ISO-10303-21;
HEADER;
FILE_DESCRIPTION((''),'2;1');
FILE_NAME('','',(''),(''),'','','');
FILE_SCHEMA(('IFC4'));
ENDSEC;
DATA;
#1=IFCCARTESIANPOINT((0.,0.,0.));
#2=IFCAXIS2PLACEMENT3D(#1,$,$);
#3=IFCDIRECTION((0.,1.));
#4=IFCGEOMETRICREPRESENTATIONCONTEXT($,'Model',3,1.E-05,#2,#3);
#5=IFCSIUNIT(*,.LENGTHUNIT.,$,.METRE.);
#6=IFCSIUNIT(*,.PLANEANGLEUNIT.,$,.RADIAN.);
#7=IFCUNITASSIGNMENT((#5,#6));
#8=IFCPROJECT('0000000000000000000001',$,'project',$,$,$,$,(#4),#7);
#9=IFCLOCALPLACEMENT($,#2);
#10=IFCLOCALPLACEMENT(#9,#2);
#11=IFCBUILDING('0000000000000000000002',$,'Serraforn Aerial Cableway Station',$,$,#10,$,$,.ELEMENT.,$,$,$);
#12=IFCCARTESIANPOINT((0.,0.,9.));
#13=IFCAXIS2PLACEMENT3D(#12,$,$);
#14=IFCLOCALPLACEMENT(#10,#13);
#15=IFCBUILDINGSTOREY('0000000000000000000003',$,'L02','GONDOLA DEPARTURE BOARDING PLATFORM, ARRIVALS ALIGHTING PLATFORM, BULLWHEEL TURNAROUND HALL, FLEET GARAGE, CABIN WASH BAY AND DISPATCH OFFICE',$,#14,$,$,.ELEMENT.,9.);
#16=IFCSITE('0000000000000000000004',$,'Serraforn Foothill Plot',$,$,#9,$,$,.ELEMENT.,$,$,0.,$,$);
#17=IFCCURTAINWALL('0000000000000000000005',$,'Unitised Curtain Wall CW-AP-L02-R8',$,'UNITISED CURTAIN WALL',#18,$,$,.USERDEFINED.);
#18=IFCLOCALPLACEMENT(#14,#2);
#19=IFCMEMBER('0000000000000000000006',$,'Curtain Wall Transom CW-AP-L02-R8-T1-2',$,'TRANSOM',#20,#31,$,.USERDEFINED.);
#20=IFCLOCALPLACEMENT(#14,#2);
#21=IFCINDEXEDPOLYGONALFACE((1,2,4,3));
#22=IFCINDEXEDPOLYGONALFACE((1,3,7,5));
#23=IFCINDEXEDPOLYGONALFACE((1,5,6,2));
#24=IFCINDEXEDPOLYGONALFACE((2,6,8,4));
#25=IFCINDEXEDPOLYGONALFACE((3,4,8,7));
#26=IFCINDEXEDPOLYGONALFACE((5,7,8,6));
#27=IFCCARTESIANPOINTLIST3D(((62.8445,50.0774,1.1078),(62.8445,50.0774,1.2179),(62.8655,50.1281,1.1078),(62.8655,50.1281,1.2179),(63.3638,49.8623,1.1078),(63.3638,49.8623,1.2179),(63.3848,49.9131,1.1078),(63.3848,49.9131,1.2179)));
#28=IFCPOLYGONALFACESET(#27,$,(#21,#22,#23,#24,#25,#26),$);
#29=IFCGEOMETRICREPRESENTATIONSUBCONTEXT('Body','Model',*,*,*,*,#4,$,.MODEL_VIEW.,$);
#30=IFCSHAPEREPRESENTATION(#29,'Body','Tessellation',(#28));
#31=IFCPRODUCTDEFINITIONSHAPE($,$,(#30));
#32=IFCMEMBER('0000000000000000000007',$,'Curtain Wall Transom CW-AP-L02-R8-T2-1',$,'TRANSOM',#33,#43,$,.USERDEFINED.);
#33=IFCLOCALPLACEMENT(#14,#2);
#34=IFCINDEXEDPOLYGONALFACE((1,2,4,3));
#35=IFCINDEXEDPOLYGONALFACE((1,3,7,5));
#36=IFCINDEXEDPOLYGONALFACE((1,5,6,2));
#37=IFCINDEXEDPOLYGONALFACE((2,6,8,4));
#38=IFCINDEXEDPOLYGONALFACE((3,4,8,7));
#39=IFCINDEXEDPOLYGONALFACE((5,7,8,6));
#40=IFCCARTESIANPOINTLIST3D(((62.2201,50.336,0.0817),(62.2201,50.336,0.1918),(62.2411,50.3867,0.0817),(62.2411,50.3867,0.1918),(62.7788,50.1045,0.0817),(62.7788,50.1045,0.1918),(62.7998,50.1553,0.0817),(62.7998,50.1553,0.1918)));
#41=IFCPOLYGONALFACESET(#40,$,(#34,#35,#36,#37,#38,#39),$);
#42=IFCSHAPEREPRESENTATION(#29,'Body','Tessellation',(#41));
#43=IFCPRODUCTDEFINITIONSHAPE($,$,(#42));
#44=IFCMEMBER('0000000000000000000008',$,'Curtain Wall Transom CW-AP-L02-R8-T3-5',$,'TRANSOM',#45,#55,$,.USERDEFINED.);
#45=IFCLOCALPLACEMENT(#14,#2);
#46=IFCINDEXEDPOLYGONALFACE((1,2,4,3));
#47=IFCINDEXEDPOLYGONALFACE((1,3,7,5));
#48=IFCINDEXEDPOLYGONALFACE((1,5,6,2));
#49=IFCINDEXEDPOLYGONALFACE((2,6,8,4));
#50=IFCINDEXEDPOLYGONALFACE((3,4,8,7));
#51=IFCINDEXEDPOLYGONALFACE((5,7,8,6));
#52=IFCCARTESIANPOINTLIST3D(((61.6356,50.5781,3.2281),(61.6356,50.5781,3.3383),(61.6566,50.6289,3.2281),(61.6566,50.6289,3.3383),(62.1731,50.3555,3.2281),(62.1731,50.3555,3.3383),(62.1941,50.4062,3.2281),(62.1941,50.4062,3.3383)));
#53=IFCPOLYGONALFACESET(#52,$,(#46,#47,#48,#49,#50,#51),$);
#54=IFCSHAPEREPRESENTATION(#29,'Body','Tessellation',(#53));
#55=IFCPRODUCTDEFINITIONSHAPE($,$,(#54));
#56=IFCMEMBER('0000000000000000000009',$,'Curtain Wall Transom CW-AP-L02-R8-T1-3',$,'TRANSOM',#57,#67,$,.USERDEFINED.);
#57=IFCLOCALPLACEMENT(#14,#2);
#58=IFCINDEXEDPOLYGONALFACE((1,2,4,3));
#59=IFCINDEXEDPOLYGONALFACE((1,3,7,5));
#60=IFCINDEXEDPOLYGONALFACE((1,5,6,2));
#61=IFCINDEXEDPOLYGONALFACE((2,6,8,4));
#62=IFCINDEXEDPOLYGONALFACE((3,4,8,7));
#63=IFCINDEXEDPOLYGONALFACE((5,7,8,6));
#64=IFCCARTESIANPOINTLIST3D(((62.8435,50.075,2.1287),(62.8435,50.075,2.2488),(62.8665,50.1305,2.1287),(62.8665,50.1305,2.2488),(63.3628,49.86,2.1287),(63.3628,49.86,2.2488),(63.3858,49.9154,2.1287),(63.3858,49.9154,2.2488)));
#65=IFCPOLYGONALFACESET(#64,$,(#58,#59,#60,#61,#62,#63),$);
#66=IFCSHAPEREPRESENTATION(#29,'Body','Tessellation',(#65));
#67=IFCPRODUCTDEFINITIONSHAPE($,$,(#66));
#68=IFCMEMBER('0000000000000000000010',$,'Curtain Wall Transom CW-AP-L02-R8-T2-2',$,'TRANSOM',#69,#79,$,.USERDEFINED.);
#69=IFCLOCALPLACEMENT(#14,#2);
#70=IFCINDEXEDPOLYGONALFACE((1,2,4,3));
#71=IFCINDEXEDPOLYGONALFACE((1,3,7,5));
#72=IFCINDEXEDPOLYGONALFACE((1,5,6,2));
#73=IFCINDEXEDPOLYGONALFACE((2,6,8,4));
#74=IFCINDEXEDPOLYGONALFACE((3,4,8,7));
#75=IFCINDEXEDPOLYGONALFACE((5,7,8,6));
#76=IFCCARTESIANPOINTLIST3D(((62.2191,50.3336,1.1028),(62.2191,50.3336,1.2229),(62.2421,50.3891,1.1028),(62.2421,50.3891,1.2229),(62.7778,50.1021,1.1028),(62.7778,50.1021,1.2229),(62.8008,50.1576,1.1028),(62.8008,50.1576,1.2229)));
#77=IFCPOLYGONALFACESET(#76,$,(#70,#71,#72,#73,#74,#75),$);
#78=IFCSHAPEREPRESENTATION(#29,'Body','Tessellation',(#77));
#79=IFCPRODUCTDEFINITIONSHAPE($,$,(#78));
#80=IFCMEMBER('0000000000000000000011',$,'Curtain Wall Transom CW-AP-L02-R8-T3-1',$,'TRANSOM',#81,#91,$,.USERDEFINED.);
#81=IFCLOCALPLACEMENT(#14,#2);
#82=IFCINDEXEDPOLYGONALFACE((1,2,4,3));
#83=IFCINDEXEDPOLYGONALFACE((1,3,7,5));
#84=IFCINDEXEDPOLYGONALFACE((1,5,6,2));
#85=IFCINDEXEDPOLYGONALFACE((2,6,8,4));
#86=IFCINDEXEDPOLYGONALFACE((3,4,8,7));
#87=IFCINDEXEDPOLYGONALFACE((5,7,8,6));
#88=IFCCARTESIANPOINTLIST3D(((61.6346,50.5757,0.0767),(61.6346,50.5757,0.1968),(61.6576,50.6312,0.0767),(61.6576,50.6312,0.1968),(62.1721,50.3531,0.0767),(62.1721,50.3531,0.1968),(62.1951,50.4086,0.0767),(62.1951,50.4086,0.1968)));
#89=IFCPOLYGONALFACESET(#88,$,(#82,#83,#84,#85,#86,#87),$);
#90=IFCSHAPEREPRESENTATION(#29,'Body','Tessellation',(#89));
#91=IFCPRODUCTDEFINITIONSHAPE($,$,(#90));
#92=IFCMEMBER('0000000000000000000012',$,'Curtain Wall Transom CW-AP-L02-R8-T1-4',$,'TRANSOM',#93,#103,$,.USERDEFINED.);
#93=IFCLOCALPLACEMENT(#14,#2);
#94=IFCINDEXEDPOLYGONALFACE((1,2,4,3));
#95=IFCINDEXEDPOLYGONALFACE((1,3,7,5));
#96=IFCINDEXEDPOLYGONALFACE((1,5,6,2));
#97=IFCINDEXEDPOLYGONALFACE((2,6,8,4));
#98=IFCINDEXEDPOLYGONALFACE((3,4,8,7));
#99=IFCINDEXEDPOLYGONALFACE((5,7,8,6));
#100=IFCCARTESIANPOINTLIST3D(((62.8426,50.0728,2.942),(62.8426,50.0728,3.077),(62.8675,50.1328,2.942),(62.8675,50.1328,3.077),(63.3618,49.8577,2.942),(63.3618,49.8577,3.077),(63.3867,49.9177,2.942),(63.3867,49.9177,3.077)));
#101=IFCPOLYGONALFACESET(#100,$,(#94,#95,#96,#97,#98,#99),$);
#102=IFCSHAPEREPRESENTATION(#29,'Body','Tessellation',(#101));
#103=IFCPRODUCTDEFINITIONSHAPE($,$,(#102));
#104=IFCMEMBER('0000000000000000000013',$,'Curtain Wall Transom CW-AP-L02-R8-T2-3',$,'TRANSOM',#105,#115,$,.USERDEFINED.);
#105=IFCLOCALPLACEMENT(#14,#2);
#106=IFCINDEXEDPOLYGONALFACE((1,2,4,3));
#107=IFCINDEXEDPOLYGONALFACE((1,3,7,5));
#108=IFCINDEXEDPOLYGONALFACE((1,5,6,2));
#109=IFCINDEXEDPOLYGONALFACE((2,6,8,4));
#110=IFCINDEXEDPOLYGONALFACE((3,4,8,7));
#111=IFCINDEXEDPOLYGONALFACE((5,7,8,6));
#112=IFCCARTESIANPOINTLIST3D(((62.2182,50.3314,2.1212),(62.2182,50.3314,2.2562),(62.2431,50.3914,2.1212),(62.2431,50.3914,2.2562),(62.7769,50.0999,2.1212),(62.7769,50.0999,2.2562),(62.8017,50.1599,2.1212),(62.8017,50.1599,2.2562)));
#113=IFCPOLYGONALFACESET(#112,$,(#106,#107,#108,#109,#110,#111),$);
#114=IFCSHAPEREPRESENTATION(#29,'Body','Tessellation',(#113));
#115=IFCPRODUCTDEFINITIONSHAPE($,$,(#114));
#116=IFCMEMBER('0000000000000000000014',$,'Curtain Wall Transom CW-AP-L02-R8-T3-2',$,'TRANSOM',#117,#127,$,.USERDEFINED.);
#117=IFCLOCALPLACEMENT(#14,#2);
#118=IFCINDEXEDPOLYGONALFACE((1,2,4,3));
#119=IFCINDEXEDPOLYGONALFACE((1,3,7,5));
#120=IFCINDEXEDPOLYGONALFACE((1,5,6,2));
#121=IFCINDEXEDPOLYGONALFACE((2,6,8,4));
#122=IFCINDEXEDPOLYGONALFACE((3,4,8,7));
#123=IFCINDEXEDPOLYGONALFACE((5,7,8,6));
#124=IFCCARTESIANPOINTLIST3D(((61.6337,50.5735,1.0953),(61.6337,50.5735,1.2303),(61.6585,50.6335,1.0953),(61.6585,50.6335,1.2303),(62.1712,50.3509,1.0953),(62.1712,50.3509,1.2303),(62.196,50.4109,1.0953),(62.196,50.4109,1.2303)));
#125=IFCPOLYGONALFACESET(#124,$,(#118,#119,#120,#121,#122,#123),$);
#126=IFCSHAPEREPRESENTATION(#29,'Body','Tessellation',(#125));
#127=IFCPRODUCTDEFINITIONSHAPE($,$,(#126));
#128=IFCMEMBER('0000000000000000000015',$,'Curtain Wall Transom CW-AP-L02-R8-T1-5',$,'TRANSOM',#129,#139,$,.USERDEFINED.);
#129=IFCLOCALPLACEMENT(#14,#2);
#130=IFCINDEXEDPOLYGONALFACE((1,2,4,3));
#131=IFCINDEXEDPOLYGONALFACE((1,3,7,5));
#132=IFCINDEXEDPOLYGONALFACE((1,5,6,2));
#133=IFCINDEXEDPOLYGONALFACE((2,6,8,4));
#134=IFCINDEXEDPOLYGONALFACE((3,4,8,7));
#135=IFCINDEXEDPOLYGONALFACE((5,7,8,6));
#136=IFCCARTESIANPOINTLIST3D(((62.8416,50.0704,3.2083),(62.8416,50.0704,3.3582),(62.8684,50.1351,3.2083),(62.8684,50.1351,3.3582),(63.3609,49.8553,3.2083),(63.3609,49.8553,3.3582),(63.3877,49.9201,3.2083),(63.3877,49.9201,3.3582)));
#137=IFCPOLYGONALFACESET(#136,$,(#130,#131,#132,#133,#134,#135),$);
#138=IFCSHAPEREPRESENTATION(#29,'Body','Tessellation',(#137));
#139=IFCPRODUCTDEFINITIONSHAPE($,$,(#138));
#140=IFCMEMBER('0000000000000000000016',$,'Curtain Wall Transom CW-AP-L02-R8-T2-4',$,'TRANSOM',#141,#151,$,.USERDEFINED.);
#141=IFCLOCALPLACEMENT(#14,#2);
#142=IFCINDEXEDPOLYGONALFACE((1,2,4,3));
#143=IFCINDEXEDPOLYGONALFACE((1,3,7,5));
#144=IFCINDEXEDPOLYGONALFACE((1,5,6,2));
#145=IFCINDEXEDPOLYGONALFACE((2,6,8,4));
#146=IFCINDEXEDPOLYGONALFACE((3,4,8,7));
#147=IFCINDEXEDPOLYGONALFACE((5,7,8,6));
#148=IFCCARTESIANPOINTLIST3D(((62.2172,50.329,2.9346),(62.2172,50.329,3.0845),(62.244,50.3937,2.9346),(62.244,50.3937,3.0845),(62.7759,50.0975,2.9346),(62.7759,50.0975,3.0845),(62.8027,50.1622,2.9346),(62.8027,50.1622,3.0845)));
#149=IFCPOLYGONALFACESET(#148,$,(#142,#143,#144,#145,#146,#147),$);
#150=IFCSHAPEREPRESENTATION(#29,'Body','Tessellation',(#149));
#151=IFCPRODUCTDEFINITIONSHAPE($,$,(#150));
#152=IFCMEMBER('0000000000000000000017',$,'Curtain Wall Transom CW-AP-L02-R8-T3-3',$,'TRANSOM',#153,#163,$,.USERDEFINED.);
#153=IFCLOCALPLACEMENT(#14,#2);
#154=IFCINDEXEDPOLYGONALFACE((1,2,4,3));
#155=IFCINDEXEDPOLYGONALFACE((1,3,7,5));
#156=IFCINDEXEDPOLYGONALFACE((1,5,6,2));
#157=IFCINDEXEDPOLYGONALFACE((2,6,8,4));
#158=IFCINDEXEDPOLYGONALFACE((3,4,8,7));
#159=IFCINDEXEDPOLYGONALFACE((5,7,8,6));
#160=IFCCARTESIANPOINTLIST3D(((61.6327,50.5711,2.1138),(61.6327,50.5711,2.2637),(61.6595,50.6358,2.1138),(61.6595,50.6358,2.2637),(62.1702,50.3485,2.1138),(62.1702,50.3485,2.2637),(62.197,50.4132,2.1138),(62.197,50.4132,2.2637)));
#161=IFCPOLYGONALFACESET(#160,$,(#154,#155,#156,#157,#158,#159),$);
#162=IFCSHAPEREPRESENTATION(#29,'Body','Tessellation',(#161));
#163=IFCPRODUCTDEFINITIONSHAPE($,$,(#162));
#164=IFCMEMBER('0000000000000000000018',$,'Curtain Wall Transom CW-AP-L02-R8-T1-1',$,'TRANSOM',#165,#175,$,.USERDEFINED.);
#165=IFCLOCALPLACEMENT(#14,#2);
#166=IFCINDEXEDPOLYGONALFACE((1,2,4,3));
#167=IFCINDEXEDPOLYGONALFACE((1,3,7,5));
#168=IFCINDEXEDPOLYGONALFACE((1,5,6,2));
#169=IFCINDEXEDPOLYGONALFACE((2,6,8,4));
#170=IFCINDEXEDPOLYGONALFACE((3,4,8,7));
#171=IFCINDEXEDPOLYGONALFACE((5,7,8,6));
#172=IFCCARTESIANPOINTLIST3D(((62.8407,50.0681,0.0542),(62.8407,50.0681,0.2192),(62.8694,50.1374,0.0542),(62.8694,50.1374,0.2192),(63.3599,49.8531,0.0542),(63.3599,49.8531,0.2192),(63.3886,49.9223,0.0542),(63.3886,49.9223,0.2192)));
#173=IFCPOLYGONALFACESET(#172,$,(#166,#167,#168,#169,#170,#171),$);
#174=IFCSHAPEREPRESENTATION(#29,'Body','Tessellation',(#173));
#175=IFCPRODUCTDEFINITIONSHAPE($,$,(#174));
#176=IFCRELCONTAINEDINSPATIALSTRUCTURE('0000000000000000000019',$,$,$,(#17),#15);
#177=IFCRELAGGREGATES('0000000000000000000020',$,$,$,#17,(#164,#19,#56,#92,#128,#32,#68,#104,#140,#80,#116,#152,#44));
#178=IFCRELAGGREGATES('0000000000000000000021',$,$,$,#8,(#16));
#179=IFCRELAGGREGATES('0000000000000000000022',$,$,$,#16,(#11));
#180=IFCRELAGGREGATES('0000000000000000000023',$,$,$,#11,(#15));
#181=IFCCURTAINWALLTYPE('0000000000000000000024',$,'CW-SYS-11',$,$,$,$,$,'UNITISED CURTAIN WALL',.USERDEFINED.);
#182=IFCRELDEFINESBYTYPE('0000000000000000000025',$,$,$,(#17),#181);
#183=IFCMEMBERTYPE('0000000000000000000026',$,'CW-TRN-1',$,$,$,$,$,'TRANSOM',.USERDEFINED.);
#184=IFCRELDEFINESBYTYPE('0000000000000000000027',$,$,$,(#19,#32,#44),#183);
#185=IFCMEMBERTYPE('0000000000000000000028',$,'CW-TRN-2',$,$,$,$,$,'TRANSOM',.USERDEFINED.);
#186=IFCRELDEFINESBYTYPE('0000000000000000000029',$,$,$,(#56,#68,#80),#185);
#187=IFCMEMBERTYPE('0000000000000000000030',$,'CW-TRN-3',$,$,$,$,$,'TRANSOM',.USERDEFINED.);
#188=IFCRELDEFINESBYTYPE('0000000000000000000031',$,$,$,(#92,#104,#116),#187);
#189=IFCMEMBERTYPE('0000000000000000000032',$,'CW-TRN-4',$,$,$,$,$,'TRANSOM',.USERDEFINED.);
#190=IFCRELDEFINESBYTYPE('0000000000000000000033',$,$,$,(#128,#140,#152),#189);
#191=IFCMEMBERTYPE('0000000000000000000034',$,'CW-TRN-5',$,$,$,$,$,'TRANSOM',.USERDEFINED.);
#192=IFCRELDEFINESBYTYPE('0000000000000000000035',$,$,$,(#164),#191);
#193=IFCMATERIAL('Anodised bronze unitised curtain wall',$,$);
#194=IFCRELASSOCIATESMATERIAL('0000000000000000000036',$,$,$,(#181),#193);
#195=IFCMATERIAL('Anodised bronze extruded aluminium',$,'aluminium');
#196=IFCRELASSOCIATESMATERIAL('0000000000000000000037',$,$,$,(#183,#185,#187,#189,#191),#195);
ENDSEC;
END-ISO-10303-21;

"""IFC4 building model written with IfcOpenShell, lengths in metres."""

from ifc_helpers import new_model, si_unit, direction, frame, origin, origin_2d, place, context, subcontext, project, spatial, rectangle, extrude, material, material_profile, profile_set, type_object, element, aggregate, save


model = new_model("IFC4")

# Units and contexts
model_context = context("Model", 3, precision=1e-05, world=origin(), true_north=direction((0.0, 1.0)))
body_context = subcontext(model_context, "Body", "Model", "MODEL_VIEW")
ifc_project = project(units=[si_unit("LENGTHUNIT", "METRE"), si_unit("PLANEANGLEUNIT", "RADIAN")], contexts=[model_context])

# Site, building, storey
site_placement = place(None, origin())
site = spatial("IfcSite", under=ifc_project, at=site_placement, Name="Serraforn Foothill Plot", CompositionType="ELEMENT", RefElevation=0.0)
building_placement = place(site_placement, origin())
building = spatial("IfcBuilding", under=site, at=building_placement, Name="Serraforn Aerial Cableway Station", CompositionType="ELEMENT")
storey_placement = place(building_placement, frame((0.0, 0.0, 9.0)))
storey = spatial("IfcBuildingStorey", under=building, at=storey_placement, Name="L02", Description="GONDOLA DEPARTURE BOARDING PLATFORM, ARRIVALS ALIGHTING PLATFORM, BULLWHEEL TURNAROUND HALL, FLEET GARAGE, CABIN WASH BAY AND DISPATCH OFFICE", CompositionType="ELEMENT", Elevation=9.0)

# Curtain wall
ifc_material_1 = material(Name="Anodised bronze unitised curtain wall")
curtain_wall_type_1 = type_object("IfcCurtainWallType", Name="CW-SYS-11", ElementType="UNITISED CURTAIN WALL", PredefinedType="USERDEFINED", material=ifc_material_1)
curtain_wall_1_placement = place(storey_placement, origin())
curtain_wall_1 = element("IfcCurtainWall", 1, at=curtain_wall_1_placement, inside=storey, type_object=curtain_wall_type_1, Name="Unitised Curtain Wall CW-AP-L02-R8", ObjectType="UNITISED CURTAIN WALL", PredefinedType="USERDEFINED")
ifc_material_2 = material(Name="Anodised bronze extruded aluminium", Category="aluminium")

# Members
ifc_material_profile_1 = material_profile(ifc_material_2, rectangle(XDim=0.0549, YDim=0.1101, at=origin_2d()), Name="CW TRANSOM 55x110")
ifc_profile_set_1 = profile_set([ifc_material_profile_1], Name="Anodised bronze extruded aluminium")
member_type_1 = type_object("IfcMemberType", Name="CW-TRN-1", ElementType="TRANSOM", PredefinedType="USERDEFINED", material=ifc_profile_set_1)
member_1_placement = place(storey_placement, frame((63.3743, 49.8877, 1.1628), z_axis=(-0.923884, 0.382671, 0.0), x_axis=(-0.382671, -0.923884, 0.0)))
member_1 = element("IfcMember", 2, at=member_1_placement, type_object=member_type_1, Name="Curtain Wall Transom CW-AP-L02-R8-T1-2", ObjectType="TRANSOM", PredefinedType="USERDEFINED", context=body_context, shape_type="SweptSolid", body=[
    extrude(rectangle(XDim=0.0549, YDim=0.1101, at=origin_2d()), origin(), (0.0, 0.0, 1.0), 0.562),
])
member_2_placement = place(storey_placement, frame((62.7893, 50.1299, 0.1367), z_axis=(-0.92384, 0.38278, 0.0), x_axis=(-0.38278, -0.92384, 0.0)))
member_2 = element("IfcMember", 3, at=member_2_placement, type_object=member_type_1, Name="Curtain Wall Transom CW-AP-L02-R8-T2-1", ObjectType="TRANSOM", PredefinedType="USERDEFINED", context=body_context, shape_type="SweptSolid", body=[
    extrude(rectangle(XDim=0.0549, YDim=0.1101, at=origin_2d()), origin(), (0.0, 0.0, 1.0), 0.6047),
])
member_3_placement = place(storey_placement, frame((62.1836, 50.3809, 3.2832), z_axis=(-0.923894, 0.382648, 0.0), x_axis=(-0.382648, -0.923894, 0.0)))
member_3 = element("IfcMember", 4, at=member_3_placement, type_object=member_type_1, Name="Curtain Wall Transom CW-AP-L02-R8-T3-5", ObjectType="TRANSOM", PredefinedType="USERDEFINED", context=body_context, shape_type="SweptSolid", body=[
    extrude(rectangle(XDim=0.0549, YDim=0.1101, at=origin_2d()), origin(), (0.0, 0.0, 1.0), 0.5818),
])
ifc_material_profile_2 = material_profile(ifc_material_2, rectangle(XDim=0.0601, YDim=0.1201, at=origin_2d()), Name="CW TRANSOM 60x120")
ifc_profile_set_2 = profile_set([ifc_material_profile_2], Name="Anodised bronze extruded aluminium")
member_type_2 = type_object("IfcMemberType", Name="CW-TRN-2", ElementType="TRANSOM", PredefinedType="USERDEFINED", material=ifc_profile_set_2)
member_4_placement = place(storey_placement, frame((63.3743, 49.8877, 2.1887), z_axis=(-0.923884, 0.382671, 0.0), x_axis=(-0.382671, -0.923884, 0.0)))
member_4 = element("IfcMember", 5, at=member_4_placement, type_object=member_type_2, Name="Curtain Wall Transom CW-AP-L02-R8-T1-3", ObjectType="TRANSOM", PredefinedType="USERDEFINED", context=body_context, shape_type="SweptSolid", body=[
    extrude(rectangle(XDim=0.0601, YDim=0.1201, at=origin_2d()), origin(), (0.0, 0.0, 1.0), 0.562),
])
member_5_placement = place(storey_placement, frame((62.7893, 50.1299, 1.1628), z_axis=(-0.92384, 0.38278, 0.0), x_axis=(-0.38278, -0.92384, 0.0)))
member_5 = element("IfcMember", 6, at=member_5_placement, type_object=member_type_2, Name="Curtain Wall Transom CW-AP-L02-R8-T2-2", ObjectType="TRANSOM", PredefinedType="USERDEFINED", context=body_context, shape_type="SweptSolid", body=[
    extrude(rectangle(XDim=0.0601, YDim=0.1201, at=origin_2d()), origin(), (0.0, 0.0, 1.0), 0.6047),
])
member_6_placement = place(storey_placement, frame((62.1836, 50.3809, 0.1367), z_axis=(-0.923894, 0.382648, 0.0), x_axis=(-0.382648, -0.923894, 0.0)))
member_6 = element("IfcMember", 7, at=member_6_placement, type_object=member_type_2, Name="Curtain Wall Transom CW-AP-L02-R8-T3-1", ObjectType="TRANSOM", PredefinedType="USERDEFINED", context=body_context, shape_type="SweptSolid", body=[
    extrude(rectangle(XDim=0.0601, YDim=0.1201, at=origin_2d()), origin(), (0.0, 0.0, 1.0), 0.5818),
])
ifc_material_profile_3 = material_profile(ifc_material_2, rectangle(XDim=0.0649, YDim=0.135, at=origin_2d()), Name="CW TRANSOM 65x135")
ifc_profile_set_3 = profile_set([ifc_material_profile_3], Name="Anodised bronze extruded aluminium")
member_type_3 = type_object("IfcMemberType", Name="CW-TRN-3", ElementType="TRANSOM", PredefinedType="USERDEFINED", material=ifc_profile_set_3)
member_7_placement = place(storey_placement, frame((63.3743, 49.8877, 3.0095), z_axis=(-0.923884, 0.382671, 0.0), x_axis=(-0.382671, -0.923884, 0.0)))
member_7 = element("IfcMember", 8, at=member_7_placement, type_object=member_type_3, Name="Curtain Wall Transom CW-AP-L02-R8-T1-4", ObjectType="TRANSOM", PredefinedType="USERDEFINED", context=body_context, shape_type="SweptSolid", body=[
    extrude(rectangle(XDim=0.0649, YDim=0.135, at=origin_2d()), origin(), (0.0, 0.0, 1.0), 0.562),
])
member_8_placement = place(storey_placement, frame((62.7893, 50.1299, 2.1887), z_axis=(-0.92384, 0.38278, 0.0), x_axis=(-0.38278, -0.92384, 0.0)))
member_8 = element("IfcMember", 9, at=member_8_placement, type_object=member_type_3, Name="Curtain Wall Transom CW-AP-L02-R8-T2-3", ObjectType="TRANSOM", PredefinedType="USERDEFINED", context=body_context, shape_type="SweptSolid", body=[
    extrude(rectangle(XDim=0.0649, YDim=0.135, at=origin_2d()), origin(), (0.0, 0.0, 1.0), 0.6047),
])
member_9_placement = place(storey_placement, frame((62.1836, 50.3809, 1.1628), z_axis=(-0.923894, 0.382648, 0.0), x_axis=(-0.382648, -0.923894, 0.0)))
member_9 = element("IfcMember", 10, at=member_9_placement, type_object=member_type_3, Name="Curtain Wall Transom CW-AP-L02-R8-T3-2", ObjectType="TRANSOM", PredefinedType="USERDEFINED", context=body_context, shape_type="SweptSolid", body=[
    extrude(rectangle(XDim=0.0649, YDim=0.135, at=origin_2d()), origin(), (0.0, 0.0, 1.0), 0.5818),
])
ifc_material_profile_4 = material_profile(ifc_material_2, rectangle(XDim=0.0701, YDim=0.1499, at=origin_2d()), Name="CW TRANSOM 70x150")
ifc_profile_set_4 = profile_set([ifc_material_profile_4], Name="Anodised bronze extruded aluminium")
member_type_4 = type_object("IfcMemberType", Name="CW-TRN-4", ElementType="TRANSOM", PredefinedType="USERDEFINED", material=ifc_profile_set_4)
member_10_placement = place(storey_placement, frame((63.3743, 49.8877, 3.2832), z_axis=(-0.923884, 0.382671, 0.0), x_axis=(-0.382671, -0.923884, 0.0)))
member_10 = element("IfcMember", 11, at=member_10_placement, type_object=member_type_4, Name="Curtain Wall Transom CW-AP-L02-R8-T1-5", ObjectType="TRANSOM", PredefinedType="USERDEFINED", context=body_context, shape_type="SweptSolid", body=[
    extrude(rectangle(XDim=0.0701, YDim=0.1499, at=origin_2d()), origin(), (0.0, 0.0, 1.0), 0.562),
])
member_11_placement = place(storey_placement, frame((62.7893, 50.1299, 3.0095), z_axis=(-0.92384, 0.38278, 0.0), x_axis=(-0.38278, -0.92384, 0.0)))
member_11 = element("IfcMember", 12, at=member_11_placement, type_object=member_type_4, Name="Curtain Wall Transom CW-AP-L02-R8-T2-4", ObjectType="TRANSOM", PredefinedType="USERDEFINED", context=body_context, shape_type="SweptSolid", body=[
    extrude(rectangle(XDim=0.0701, YDim=0.1499, at=origin_2d()), origin(), (0.0, 0.0, 1.0), 0.6047),
])
member_12_placement = place(storey_placement, frame((62.1836, 50.3809, 2.1887), z_axis=(-0.923894, 0.382648, 0.0), x_axis=(-0.382648, -0.923894, 0.0)))
member_12 = element("IfcMember", 13, at=member_12_placement, type_object=member_type_4, Name="Curtain Wall Transom CW-AP-L02-R8-T3-3", ObjectType="TRANSOM", PredefinedType="USERDEFINED", context=body_context, shape_type="SweptSolid", body=[
    extrude(rectangle(XDim=0.0701, YDim=0.1499, at=origin_2d()), origin(), (0.0, 0.0, 1.0), 0.5818),
])
ifc_material_profile_5 = material_profile(ifc_material_2, rectangle(XDim=0.075, YDim=0.165, at=origin_2d()), Name="CW TRANSOM 75x165")
ifc_profile_set_5 = profile_set([ifc_material_profile_5], Name="Anodised bronze extruded aluminium")
member_type_5 = type_object("IfcMemberType", Name="CW-TRN-5", ElementType="TRANSOM", PredefinedType="USERDEFINED", material=ifc_profile_set_5)
member_13_placement = place(storey_placement, frame((63.3743, 49.8877, 0.1367), z_axis=(-0.923884, 0.382671, 0.0), x_axis=(-0.382671, -0.923884, 0.0)))
member_13 = element("IfcMember", 14, at=member_13_placement, type_object=member_type_5, Name="Curtain Wall Transom CW-AP-L02-R8-T1-1", ObjectType="TRANSOM", PredefinedType="USERDEFINED", context=body_context, shape_type="SweptSolid", body=[
    extrude(rectangle(XDim=0.075, YDim=0.165, at=origin_2d()), origin(), (0.0, 0.0, 1.0), 0.562),
])

aggregate(curtain_wall_1, [member_13, member_1, member_4, member_7, member_10, member_2, member_5, member_8, member_11, member_6, member_9, member_12, member_3])

save(model, "model.ifc")
